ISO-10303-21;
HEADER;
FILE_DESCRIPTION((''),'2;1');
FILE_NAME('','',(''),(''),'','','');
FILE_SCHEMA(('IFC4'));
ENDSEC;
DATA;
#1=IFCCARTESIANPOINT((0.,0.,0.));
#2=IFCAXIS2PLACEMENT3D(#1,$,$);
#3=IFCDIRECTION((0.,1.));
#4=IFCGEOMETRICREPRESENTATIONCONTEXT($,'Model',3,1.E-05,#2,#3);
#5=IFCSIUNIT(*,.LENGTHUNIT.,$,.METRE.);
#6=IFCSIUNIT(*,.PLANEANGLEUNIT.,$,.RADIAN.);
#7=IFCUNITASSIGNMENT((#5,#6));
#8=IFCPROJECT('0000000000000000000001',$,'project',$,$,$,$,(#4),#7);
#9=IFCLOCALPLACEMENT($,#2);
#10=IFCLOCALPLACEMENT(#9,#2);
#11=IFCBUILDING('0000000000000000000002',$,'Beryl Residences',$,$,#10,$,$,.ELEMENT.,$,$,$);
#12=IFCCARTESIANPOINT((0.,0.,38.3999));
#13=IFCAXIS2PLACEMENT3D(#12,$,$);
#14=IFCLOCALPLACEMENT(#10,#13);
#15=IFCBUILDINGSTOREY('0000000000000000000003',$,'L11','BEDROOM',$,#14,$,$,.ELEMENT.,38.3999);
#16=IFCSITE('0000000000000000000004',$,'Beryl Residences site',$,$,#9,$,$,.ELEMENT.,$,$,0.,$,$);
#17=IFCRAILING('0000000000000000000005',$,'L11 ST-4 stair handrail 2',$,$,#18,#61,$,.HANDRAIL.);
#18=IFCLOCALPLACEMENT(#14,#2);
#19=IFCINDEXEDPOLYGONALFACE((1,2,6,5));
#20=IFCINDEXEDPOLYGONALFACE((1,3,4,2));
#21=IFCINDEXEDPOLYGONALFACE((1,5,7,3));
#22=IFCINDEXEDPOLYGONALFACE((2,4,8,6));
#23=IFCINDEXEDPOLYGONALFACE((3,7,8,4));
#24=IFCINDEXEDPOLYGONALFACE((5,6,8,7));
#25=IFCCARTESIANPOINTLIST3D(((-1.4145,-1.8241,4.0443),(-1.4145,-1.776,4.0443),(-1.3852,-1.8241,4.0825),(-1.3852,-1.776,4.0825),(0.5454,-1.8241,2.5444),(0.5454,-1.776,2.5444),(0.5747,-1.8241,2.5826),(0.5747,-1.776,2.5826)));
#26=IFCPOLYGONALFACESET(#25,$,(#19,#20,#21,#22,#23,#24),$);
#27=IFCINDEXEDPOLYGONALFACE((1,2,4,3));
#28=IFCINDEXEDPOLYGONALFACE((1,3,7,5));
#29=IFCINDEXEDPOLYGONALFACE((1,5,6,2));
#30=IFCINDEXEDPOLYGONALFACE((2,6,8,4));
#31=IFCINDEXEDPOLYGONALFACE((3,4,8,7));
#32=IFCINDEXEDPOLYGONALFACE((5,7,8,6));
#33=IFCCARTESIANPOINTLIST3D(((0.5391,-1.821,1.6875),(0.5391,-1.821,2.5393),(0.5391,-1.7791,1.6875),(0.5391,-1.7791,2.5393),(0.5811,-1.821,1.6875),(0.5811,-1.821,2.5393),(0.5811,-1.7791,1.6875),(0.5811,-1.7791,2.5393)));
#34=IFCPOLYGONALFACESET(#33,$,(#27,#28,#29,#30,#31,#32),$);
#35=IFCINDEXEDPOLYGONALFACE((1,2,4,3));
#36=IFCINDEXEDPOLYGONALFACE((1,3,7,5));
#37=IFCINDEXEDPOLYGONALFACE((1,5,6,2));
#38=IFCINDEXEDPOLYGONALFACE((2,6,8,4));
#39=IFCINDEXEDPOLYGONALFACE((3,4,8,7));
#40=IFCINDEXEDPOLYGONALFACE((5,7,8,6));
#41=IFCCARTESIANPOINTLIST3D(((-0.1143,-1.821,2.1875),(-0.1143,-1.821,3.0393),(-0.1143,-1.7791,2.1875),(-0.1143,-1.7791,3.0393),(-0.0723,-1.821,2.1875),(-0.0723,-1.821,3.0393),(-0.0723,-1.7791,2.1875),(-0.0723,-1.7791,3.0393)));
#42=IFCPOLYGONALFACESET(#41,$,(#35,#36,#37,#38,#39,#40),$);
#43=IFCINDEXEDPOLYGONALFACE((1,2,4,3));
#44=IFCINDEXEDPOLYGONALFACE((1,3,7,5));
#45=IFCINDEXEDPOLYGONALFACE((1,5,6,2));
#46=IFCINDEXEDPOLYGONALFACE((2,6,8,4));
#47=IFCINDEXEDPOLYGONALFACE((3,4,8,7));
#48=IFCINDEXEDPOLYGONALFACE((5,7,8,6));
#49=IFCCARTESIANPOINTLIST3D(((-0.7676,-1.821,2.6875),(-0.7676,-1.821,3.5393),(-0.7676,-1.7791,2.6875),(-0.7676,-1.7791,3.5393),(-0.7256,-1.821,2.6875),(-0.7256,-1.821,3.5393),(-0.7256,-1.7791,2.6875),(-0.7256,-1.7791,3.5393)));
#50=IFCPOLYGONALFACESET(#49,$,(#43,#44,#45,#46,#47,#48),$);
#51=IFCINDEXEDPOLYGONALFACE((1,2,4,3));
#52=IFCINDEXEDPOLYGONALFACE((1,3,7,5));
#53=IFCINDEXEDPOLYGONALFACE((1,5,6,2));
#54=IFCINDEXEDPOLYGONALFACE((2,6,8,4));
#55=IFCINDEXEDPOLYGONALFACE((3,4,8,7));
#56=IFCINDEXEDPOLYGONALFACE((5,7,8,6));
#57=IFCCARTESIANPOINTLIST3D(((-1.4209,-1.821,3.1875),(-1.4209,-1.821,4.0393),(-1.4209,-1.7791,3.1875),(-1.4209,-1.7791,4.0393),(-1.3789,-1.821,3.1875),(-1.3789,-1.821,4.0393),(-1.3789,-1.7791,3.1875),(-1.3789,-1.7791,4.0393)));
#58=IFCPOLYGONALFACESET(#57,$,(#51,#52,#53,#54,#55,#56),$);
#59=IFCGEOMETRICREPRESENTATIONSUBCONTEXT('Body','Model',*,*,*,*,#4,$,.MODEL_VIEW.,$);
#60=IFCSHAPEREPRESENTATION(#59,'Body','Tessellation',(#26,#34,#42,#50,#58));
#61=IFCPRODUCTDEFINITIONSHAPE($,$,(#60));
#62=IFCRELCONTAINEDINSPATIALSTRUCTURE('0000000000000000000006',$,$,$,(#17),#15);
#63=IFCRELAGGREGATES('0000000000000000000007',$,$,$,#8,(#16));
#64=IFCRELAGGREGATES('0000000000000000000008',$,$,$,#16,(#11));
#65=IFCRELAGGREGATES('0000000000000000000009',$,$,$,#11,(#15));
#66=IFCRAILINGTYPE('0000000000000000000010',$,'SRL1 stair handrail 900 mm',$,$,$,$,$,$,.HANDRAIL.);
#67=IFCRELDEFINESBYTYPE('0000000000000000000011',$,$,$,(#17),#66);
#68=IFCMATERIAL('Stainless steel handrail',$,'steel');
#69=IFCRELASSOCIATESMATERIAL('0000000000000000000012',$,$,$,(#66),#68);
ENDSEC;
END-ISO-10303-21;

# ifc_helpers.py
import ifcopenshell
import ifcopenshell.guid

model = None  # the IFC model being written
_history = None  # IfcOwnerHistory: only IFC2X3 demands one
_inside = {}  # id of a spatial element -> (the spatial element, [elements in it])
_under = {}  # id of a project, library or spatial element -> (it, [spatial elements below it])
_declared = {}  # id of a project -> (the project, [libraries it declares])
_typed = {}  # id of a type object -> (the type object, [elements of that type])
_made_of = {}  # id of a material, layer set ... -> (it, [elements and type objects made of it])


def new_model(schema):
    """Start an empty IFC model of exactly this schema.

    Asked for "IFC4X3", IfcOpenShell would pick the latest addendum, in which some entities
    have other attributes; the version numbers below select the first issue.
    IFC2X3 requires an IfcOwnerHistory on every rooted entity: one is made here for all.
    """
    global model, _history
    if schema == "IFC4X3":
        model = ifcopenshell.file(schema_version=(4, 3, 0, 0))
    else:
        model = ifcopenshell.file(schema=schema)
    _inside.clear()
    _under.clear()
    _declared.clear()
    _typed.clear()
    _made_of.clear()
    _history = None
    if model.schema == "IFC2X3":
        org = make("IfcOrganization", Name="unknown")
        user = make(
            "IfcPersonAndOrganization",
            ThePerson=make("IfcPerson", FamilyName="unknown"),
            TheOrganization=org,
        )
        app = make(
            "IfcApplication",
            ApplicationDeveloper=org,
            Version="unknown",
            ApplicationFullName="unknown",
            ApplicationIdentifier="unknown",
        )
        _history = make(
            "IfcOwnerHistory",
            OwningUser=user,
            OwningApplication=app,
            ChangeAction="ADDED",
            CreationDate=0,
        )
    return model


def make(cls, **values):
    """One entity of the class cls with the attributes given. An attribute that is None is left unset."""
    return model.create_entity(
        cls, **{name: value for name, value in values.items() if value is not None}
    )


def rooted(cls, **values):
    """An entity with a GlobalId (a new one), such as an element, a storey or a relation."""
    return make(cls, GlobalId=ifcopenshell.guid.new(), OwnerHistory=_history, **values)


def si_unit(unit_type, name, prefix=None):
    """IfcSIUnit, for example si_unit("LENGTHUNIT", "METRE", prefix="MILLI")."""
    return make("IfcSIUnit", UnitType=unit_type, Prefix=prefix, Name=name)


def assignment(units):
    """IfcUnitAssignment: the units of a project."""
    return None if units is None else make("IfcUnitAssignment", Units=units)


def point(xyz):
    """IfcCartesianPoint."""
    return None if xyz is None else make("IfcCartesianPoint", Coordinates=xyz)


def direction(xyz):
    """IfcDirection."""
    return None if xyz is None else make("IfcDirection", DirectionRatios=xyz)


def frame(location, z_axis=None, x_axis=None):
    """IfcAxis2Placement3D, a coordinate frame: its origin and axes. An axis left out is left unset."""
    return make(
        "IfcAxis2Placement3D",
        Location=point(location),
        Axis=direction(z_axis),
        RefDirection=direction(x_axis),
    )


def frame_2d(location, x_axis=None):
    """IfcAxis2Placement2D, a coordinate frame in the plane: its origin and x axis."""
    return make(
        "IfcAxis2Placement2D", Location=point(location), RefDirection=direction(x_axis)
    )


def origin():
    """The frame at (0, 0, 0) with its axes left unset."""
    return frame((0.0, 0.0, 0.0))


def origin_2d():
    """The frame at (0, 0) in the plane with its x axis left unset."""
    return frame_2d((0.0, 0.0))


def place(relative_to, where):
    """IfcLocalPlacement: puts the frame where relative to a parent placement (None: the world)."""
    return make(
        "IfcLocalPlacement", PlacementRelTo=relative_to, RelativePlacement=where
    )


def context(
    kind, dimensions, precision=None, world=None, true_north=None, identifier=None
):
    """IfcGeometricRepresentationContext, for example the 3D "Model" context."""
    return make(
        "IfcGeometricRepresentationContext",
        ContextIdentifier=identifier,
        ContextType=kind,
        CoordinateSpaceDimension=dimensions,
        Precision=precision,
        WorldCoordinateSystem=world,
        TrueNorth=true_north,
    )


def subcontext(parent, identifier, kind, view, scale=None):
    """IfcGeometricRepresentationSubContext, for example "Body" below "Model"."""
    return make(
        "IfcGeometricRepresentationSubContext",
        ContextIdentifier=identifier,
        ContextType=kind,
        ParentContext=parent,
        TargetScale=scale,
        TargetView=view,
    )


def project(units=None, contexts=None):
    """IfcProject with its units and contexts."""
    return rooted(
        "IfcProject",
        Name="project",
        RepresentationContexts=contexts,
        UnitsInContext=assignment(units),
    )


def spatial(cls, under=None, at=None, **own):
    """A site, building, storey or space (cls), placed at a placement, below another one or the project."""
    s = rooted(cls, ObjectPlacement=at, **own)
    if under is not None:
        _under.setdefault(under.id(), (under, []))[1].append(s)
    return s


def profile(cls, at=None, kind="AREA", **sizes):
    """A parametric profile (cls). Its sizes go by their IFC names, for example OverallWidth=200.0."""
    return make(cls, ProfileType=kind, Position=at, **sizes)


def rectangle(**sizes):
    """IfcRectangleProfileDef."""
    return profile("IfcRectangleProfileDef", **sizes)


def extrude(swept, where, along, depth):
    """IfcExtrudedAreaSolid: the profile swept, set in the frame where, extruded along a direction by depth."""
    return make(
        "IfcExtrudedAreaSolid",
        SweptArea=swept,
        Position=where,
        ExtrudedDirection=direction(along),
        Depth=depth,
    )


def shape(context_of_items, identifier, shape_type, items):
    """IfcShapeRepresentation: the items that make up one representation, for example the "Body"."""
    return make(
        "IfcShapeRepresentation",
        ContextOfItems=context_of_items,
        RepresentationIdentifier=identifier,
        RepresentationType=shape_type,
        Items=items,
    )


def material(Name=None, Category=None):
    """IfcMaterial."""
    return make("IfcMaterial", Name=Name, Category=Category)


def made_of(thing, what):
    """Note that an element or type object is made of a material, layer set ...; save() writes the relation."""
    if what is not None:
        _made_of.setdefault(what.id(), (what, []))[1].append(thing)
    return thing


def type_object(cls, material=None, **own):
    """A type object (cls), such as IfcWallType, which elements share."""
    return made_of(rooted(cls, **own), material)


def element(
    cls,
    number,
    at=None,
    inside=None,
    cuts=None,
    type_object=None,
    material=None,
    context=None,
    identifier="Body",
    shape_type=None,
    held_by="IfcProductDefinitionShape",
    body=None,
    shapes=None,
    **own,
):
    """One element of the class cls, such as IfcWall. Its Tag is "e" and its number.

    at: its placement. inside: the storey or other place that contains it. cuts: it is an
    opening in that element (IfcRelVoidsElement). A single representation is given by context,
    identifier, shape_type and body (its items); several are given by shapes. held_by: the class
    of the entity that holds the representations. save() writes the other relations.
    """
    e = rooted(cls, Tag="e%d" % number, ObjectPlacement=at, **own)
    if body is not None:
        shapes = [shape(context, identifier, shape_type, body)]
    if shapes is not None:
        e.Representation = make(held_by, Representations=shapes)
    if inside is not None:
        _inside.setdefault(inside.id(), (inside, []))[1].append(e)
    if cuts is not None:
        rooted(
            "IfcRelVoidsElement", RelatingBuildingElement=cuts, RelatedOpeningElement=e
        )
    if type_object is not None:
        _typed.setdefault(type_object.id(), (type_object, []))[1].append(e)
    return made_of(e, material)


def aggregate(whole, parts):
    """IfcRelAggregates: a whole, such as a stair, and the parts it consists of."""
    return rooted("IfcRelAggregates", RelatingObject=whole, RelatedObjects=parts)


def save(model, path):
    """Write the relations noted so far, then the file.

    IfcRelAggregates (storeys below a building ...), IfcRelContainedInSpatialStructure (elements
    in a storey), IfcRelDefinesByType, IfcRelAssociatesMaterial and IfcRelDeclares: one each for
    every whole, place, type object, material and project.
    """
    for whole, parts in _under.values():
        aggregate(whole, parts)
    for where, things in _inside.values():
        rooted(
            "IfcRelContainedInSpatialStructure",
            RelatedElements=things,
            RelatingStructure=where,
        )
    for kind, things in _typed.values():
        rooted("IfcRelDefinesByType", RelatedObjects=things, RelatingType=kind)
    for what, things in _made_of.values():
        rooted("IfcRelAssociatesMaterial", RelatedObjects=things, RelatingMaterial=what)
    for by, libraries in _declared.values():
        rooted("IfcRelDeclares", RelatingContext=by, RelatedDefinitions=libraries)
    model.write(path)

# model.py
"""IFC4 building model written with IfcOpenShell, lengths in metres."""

from ifc_helpers import new_model, si_unit, direction, frame, origin, origin_2d, place, context, subcontext, project, spatial, rectangle, extrude, material, type_object, element, save


model = new_model("IFC4")

# Units and contexts
model_context = context("Model", 3, precision=1e-05, world=origin(), true_north=direction((0.0, 1.0)))
body_context = subcontext(model_context, "Body", "Model", "MODEL_VIEW")
ifc_project = project(units=[si_unit("LENGTHUNIT", "METRE"), si_unit("PLANEANGLEUNIT", "RADIAN")], contexts=[model_context])

# Site, building, storey
site_placement = place(None, origin())
site = spatial("IfcSite", under=ifc_project, at=site_placement, Name="Beryl Residences site", CompositionType="ELEMENT", RefElevation=0.0)
building_placement = place(site_placement, origin())
building = spatial("IfcBuilding", under=site, at=building_placement, Name="Beryl Residences", CompositionType="ELEMENT")
storey_placement = place(building_placement, frame((0.0, 0.0, 38.3999)))
storey = spatial("IfcBuildingStorey", under=building, at=storey_placement, Name="L11", Description="BEDROOM", CompositionType="ELEMENT", Elevation=38.3999)

# Railing
ifc_material_1 = material(Name="Stainless steel handrail", Category="steel")
railing_type_1 = type_object("IfcRailingType", Name="SRL1 stair handrail 900 mm", PredefinedType="HANDRAIL", material=ifc_material_1)
railing_1_placement = place(storey_placement, frame((0.5601, -1.8, 1.6875)))
element("IfcRailing", 1, at=railing_1_placement, inside=storey, type_object=railing_type_1, Name="L11 ST-4 stair handrail 2", PredefinedType="HANDRAIL", context=body_context, shape_type="SweptSolid", body=[
    extrude(rectangle(XDim=0.0481, YDim=0.0481, at=origin_2d()), frame((0.0, 0.0, 0.876), z_axis=(-0.794122, 0.0, 0.607758), x_axis=(0.0, -1.0, 0.0)), (0.0, 0.0, 1.0), 2.468),
    extrude(rectangle(XDim=0.042, YDim=0.042, at=origin_2d()), origin(), (0.0, 0.0, 1.0), 0.8518),
    extrude(rectangle(XDim=0.042, YDim=0.042, at=origin_2d()), frame((-0.6533, 0.0, 0.5)), (0.0, 0.0, 1.0), 0.8518),
    extrude(rectangle(XDim=0.042, YDim=0.042, at=origin_2d()), frame((-1.3066, 0.0, 1.0)), (0.0, 0.0, 1.0), 0.8518),
    extrude(rectangle(XDim=0.042, YDim=0.042, at=origin_2d()), frame((-1.96, 0.0, 1.5)), (0.0, 0.0, 1.0), 0.8518),
])

save(model, "model.ifc")
